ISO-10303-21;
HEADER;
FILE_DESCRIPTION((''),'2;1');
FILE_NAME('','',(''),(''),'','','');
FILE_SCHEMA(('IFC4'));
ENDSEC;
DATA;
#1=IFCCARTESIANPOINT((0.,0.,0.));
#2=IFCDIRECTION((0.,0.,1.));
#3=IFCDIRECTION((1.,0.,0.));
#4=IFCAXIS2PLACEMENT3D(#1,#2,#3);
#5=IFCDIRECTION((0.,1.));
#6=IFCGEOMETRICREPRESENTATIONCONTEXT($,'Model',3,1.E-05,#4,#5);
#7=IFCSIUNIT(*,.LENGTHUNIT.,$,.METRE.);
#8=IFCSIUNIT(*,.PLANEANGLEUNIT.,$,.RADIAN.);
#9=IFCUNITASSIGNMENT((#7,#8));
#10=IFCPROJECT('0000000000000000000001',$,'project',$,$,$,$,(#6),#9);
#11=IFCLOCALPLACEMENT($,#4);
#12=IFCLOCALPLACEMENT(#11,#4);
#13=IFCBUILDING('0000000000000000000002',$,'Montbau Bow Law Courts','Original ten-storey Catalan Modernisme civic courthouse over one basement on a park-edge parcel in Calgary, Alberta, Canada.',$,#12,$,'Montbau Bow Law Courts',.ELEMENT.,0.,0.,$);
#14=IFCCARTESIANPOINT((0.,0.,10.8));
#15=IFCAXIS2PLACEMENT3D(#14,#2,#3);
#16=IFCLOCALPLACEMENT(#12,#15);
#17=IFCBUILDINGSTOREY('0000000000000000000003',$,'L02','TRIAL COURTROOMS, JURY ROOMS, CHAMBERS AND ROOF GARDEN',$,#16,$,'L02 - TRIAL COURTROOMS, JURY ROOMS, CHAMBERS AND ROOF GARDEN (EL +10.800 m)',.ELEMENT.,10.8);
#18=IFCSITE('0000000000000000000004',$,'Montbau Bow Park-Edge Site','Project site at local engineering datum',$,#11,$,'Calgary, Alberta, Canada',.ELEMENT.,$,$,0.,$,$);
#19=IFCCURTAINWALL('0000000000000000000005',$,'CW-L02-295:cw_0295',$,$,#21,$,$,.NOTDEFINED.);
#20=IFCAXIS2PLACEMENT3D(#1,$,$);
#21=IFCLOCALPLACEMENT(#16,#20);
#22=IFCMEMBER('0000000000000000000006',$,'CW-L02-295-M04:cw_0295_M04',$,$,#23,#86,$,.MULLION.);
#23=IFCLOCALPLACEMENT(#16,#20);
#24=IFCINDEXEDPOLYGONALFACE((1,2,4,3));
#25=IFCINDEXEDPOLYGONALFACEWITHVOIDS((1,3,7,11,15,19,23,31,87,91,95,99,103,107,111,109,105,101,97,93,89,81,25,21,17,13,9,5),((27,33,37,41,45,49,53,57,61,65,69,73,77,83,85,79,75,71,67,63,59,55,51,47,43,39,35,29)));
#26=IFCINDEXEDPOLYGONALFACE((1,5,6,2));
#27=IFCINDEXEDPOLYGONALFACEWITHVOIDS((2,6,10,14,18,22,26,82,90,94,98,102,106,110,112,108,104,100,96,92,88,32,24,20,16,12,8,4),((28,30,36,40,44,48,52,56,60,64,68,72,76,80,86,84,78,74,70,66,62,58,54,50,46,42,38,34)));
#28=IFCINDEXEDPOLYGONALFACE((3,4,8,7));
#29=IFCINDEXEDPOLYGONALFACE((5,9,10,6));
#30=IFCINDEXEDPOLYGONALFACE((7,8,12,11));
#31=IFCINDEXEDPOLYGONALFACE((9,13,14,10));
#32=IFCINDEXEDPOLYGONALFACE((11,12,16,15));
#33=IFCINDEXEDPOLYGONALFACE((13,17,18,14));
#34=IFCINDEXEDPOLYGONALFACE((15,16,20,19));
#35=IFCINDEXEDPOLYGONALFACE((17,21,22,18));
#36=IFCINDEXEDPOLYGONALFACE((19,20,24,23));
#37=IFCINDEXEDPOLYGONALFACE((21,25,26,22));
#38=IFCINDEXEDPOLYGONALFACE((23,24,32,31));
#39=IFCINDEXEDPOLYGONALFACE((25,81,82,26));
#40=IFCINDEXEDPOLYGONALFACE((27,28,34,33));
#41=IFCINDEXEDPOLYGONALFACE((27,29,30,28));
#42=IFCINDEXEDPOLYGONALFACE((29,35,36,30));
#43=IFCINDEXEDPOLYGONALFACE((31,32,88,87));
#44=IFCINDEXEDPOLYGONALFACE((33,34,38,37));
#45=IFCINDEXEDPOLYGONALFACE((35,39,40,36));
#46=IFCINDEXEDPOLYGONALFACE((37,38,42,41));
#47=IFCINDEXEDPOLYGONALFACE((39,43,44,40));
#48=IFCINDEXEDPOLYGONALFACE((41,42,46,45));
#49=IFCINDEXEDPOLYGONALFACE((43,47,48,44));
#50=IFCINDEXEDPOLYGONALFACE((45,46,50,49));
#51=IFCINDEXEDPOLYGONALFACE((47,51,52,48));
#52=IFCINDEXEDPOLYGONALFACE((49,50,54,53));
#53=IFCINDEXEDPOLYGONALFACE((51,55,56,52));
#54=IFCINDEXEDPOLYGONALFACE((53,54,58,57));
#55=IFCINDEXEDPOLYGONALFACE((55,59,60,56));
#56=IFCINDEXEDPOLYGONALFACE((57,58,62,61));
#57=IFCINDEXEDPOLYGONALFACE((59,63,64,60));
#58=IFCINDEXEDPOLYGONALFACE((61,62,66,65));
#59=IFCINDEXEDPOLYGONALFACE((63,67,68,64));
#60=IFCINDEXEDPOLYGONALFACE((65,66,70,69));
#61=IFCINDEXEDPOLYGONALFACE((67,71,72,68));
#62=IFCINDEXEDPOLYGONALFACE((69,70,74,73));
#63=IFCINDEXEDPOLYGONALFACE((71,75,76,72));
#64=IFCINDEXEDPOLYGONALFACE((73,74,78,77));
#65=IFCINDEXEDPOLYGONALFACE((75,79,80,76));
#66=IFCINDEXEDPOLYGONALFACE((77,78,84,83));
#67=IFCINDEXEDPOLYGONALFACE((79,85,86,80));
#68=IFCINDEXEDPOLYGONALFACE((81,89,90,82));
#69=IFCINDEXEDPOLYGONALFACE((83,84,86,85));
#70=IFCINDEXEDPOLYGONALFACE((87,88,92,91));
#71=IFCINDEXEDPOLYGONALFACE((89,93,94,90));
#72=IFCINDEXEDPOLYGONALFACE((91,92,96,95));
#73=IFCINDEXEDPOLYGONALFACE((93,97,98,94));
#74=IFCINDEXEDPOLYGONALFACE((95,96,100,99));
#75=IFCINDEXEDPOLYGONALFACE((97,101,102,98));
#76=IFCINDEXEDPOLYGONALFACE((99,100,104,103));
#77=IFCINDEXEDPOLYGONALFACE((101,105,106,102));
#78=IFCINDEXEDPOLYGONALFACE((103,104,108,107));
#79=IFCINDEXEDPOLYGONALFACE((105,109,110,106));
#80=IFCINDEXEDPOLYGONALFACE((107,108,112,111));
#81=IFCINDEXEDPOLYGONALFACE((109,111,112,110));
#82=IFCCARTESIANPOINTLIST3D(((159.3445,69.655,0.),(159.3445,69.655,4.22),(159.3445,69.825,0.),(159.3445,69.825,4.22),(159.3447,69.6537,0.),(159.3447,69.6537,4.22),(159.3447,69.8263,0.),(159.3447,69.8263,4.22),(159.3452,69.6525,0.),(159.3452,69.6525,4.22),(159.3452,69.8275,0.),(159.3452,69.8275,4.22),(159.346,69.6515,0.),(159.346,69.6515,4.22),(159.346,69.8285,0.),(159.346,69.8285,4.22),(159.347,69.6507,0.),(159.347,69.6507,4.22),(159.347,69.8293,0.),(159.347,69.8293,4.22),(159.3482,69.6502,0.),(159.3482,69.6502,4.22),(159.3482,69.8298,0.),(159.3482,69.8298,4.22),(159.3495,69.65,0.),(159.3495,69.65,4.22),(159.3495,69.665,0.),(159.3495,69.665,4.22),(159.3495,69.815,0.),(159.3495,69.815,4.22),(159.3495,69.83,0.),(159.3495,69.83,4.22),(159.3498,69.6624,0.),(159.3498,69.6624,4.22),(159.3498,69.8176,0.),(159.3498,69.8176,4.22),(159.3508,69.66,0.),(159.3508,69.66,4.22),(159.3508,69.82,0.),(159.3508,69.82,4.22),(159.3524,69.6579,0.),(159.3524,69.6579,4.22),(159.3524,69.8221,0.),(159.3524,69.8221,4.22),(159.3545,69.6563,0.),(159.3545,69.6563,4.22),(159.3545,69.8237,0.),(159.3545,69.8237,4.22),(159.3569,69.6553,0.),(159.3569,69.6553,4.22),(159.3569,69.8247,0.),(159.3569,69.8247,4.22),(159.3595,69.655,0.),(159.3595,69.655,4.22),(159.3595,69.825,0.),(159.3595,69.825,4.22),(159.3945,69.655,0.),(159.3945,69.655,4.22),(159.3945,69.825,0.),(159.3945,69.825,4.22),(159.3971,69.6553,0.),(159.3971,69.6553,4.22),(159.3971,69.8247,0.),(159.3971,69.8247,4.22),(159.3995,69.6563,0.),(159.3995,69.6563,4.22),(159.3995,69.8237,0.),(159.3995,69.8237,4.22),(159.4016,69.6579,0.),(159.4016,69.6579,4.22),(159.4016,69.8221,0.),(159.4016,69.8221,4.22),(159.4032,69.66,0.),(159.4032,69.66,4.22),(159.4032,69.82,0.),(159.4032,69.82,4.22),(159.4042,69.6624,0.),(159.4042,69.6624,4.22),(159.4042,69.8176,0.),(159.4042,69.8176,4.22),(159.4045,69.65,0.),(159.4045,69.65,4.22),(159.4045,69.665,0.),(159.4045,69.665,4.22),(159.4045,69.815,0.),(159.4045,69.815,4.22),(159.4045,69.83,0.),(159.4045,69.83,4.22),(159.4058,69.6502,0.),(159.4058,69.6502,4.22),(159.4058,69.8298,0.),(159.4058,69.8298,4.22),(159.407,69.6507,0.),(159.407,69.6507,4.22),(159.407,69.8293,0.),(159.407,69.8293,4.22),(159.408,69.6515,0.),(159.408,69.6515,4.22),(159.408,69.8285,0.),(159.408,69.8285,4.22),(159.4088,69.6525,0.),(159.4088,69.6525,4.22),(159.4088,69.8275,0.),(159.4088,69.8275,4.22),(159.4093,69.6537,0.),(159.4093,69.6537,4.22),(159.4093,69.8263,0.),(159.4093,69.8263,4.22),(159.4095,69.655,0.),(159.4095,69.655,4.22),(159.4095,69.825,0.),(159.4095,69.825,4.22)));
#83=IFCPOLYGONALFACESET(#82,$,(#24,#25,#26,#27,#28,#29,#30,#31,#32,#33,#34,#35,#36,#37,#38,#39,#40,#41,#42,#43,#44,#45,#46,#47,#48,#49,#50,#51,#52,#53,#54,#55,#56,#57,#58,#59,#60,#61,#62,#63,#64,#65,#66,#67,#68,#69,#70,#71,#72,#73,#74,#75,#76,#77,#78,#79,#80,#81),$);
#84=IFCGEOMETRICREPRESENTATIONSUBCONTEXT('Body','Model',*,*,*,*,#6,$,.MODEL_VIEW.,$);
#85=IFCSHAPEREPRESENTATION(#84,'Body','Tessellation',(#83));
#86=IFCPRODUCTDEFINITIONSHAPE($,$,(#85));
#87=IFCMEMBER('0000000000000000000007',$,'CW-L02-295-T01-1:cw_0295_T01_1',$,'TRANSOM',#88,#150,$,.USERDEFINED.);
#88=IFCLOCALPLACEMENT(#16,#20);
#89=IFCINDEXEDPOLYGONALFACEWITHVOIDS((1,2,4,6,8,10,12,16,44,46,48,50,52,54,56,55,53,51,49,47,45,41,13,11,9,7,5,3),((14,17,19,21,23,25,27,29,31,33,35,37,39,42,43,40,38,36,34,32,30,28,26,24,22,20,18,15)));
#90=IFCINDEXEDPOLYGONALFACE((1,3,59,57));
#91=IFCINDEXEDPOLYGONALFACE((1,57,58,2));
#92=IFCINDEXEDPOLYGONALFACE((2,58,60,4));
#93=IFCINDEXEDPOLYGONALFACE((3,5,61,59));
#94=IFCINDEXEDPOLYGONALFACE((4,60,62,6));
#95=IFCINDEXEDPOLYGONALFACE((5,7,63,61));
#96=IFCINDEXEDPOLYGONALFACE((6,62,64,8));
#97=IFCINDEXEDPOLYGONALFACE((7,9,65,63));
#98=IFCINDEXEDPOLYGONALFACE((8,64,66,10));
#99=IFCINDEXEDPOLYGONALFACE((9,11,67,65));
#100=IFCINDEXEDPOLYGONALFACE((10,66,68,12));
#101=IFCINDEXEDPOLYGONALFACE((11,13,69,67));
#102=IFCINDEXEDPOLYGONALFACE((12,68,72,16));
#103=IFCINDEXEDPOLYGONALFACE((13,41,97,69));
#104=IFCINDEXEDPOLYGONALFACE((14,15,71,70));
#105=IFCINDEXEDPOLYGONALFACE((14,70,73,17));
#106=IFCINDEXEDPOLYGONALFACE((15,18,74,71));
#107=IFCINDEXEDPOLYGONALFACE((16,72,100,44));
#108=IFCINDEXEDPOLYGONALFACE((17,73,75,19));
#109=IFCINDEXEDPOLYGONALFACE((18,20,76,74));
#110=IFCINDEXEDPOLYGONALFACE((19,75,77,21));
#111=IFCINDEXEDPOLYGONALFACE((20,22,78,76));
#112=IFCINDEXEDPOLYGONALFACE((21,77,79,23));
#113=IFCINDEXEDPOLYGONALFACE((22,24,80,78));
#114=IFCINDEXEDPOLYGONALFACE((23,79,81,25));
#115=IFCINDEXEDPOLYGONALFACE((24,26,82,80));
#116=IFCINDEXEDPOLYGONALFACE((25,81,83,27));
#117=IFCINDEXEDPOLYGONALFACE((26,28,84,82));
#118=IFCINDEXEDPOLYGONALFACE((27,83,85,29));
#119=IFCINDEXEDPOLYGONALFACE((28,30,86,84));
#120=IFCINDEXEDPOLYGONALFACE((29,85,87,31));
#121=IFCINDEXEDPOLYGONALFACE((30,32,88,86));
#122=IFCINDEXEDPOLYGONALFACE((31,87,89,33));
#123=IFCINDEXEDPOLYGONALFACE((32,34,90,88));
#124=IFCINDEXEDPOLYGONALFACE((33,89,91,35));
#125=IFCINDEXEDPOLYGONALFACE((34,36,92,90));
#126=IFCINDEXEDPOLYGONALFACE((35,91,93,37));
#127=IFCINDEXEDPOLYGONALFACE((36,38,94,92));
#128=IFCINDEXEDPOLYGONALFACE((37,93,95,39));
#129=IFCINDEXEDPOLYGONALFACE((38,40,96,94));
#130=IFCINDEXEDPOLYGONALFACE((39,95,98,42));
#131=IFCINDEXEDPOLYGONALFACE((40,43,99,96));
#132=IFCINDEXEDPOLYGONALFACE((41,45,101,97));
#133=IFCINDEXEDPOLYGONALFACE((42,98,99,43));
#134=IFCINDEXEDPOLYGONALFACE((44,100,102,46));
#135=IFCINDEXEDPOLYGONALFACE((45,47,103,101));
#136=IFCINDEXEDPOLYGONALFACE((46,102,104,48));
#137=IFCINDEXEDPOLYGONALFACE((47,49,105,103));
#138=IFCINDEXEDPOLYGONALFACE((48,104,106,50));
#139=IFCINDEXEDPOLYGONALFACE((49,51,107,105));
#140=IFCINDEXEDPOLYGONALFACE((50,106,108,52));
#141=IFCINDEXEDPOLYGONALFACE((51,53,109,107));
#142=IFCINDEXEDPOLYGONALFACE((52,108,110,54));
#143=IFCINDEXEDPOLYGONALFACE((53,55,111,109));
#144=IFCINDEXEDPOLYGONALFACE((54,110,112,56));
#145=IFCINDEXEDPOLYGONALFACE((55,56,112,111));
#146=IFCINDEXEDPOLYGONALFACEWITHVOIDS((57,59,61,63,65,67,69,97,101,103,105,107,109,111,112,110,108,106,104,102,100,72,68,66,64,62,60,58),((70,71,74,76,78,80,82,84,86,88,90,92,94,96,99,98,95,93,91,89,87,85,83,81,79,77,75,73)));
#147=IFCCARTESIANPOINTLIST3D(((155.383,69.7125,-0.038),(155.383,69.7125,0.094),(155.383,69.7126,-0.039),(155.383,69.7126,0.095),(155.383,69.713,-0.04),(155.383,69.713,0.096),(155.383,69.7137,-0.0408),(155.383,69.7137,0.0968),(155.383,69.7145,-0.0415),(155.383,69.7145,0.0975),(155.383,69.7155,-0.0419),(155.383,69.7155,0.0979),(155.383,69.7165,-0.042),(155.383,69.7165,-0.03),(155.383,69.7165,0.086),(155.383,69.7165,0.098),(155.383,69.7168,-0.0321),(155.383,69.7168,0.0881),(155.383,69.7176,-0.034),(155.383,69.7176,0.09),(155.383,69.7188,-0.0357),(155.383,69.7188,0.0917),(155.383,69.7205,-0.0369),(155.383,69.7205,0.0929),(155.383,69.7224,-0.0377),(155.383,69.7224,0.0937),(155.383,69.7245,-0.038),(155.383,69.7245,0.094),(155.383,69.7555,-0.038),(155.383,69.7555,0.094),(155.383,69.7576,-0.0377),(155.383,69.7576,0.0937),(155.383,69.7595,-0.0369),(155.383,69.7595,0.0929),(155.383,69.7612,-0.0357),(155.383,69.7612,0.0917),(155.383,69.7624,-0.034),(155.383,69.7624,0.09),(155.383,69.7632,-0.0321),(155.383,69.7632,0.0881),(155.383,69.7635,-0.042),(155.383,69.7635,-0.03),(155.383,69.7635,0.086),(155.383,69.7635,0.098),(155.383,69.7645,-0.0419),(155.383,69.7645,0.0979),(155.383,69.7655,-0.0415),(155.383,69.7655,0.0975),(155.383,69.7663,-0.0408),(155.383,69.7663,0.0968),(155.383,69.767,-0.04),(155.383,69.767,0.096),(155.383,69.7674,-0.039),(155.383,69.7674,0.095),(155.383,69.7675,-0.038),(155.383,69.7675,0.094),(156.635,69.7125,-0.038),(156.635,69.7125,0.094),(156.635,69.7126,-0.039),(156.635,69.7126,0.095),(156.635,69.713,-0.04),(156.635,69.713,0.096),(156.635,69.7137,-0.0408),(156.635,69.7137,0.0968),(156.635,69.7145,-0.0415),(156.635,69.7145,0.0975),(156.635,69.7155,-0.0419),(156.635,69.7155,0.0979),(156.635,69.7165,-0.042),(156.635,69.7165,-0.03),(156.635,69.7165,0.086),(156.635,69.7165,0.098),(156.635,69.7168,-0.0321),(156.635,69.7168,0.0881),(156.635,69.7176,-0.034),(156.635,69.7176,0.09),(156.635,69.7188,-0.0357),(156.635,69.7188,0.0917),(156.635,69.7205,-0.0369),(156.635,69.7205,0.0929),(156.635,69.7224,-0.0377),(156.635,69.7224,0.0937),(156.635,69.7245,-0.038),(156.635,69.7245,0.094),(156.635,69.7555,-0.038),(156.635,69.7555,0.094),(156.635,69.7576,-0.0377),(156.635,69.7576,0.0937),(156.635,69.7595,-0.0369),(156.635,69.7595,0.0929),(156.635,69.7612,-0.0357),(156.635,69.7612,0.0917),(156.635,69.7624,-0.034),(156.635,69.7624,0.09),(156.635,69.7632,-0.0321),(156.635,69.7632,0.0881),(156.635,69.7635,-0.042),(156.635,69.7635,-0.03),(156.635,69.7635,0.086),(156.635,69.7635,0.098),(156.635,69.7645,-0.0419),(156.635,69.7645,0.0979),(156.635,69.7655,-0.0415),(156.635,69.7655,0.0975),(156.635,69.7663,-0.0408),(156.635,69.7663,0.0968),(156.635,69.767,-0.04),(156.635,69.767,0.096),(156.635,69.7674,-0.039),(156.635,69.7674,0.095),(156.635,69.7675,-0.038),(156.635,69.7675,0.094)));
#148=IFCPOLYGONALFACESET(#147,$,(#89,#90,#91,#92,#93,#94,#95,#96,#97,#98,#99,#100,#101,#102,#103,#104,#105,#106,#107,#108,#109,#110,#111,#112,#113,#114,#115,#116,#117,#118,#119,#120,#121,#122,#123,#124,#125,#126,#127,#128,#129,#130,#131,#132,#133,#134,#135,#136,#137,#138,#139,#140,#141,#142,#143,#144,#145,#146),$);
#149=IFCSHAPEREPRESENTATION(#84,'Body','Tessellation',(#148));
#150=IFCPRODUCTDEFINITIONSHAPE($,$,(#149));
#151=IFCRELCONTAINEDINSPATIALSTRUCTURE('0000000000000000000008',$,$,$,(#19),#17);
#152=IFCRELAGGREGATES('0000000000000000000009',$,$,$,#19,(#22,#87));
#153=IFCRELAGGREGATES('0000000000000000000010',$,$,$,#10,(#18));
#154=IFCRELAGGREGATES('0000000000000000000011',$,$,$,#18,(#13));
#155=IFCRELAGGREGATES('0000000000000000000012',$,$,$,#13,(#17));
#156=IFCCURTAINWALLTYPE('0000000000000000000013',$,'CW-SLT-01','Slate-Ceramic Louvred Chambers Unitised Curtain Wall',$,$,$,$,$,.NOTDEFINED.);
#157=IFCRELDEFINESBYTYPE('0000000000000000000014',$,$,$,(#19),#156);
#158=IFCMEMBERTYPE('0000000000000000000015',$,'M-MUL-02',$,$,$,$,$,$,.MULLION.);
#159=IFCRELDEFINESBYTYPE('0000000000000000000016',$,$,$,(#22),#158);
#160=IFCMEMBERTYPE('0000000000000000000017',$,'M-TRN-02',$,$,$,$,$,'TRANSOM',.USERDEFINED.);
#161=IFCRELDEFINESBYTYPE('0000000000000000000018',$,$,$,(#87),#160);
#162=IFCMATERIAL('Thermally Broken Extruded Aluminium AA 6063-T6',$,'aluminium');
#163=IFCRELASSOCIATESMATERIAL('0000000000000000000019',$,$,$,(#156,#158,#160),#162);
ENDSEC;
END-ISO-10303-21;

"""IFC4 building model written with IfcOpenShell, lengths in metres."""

from ifc_helpers import new_model, si_unit, direction, frame, origin_with_axes, origin_2d_with_axis, place, context, subcontext, project, spatial, hollow_rectangle, extrude, material, material_profile, profile_set, type_object, element, aggregate, save


model = new_model("IFC4")

# Units and contexts
model_context = context("Model", 3, precision=1e-05, world=origin_with_axes(), true_north=direction((0.0, 1.0)))
body_context = subcontext(model_context, "Body", "Model", "MODEL_VIEW")
ifc_project = project(units=[si_unit("LENGTHUNIT", "METRE"), si_unit("PLANEANGLEUNIT", "RADIAN")], contexts=[model_context])

# Site, building, storey
site_placement = place(None, origin_with_axes())
site = spatial("IfcSite", under=ifc_project, at=site_placement, Name="Montbau Bow Park-Edge Site", Description="Project site at local engineering datum", LongName="Calgary, Alberta, Canada", CompositionType="ELEMENT", RefElevation=0.0)
building_placement = place(site_placement, origin_with_axes())
building = spatial("IfcBuilding", under=site, at=building_placement, Name="Montbau Bow Law Courts", Description="Original ten-storey Catalan Modernisme civic courthouse over one basement on a park-edge parcel in Calgary, Alberta, Canada.", LongName="Montbau Bow Law Courts", CompositionType="ELEMENT", ElevationOfRefHeight=0.0, ElevationOfTerrain=0.0)
storey_placement = place(building_placement, frame((0.0, 0.0, 10.8), z_axis=(0.0, 0.0, 1.0), x_axis=(1.0, 0.0, 0.0)))
storey = spatial("IfcBuildingStorey", under=building, at=storey_placement, Name="L02", Description="TRIAL COURTROOMS, JURY ROOMS, CHAMBERS AND ROOF GARDEN", LongName="L02 - TRIAL COURTROOMS, JURY ROOMS, CHAMBERS AND ROOF GARDEN (EL +10.800 m)", CompositionType="ELEMENT", Elevation=10.8)

# Shared definitions
ifc_material_1 = material(Name="Thermally Broken Extruded Aluminium AA 6063-T6", Category="aluminium")
curtain_wall_type = type_object("IfcCurtainWallType", Name="CW-SLT-01", Description="Slate-Ceramic Louvred Chambers Unitised Curtain Wall", PredefinedType="NOTDEFINED", material=ifc_material_1)

# Curtain wall, members
curtain_wall_1_placement = place(None, frame((155.315, 69.74, 10.8), z_axis=(0.0, 0.0, 1.0), x_axis=(1.0, 0.0, 0.0)))
curtain_wall_1 = element("IfcCurtainWall", 1, at=curtain_wall_1_placement, inside=storey, type_object=curtain_wall_type, Name="CW-L02-295:cw_0295", PredefinedType="NOTDEFINED")
ifc_material_profile_1 = material_profile(ifc_material_1, hollow_rectangle(XDim=0.065, YDim=0.18, WallThickness=0.005, InnerFilletRadius=0.01, OuterFilletRadius=0.005, at=origin_2d_with_axis()), Name="CWM-180X65", Category="Main", Priority=0)
ifc_profile_set_1 = profile_set([ifc_material_profile_1], Name="Thermally Broken Extruded Aluminium AA 6063-T6")
member_type_1 = type_object("IfcMemberType", Name="M-MUL-02", PredefinedType="MULLION", material=ifc_profile_set_1)
member_1_placement = place(None, frame((159.377, 69.74, 10.8), z_axis=(0.0, 0.0, 1.0), x_axis=(1.0, 0.0, 0.0)))
member_1 = element("IfcMember", 2, at=member_1_placement, type_object=member_type_1, Name="CW-L02-295-M04:cw_0295_M04", PredefinedType="MULLION", context=body_context, shape_type="SweptSolid", body=[
    extrude(hollow_rectangle(XDim=0.065, YDim=0.18, WallThickness=0.005, InnerFilletRadius=0.01, OuterFilletRadius=0.005, at=origin_2d_with_axis()), origin_with_axes(), (0.0, 0.0, 1.0), 4.22),
])
ifc_material_profile_2 = material_profile(ifc_material_1, hollow_rectangle(XDim=0.055, YDim=0.14, WallThickness=0.004, InnerFilletRadius=0.008, OuterFilletRadius=0.004, at=origin_2d_with_axis()), Name="CWT-140X55", Category="Main", Priority=0)
ifc_profile_set_2 = profile_set([ifc_material_profile_2], Name="Thermally Broken Extruded Aluminium AA 6063-T6")
member_type_2 = type_object("IfcMemberType", Name="M-TRN-02", ElementType="TRANSOM", PredefinedType="USERDEFINED", material=ifc_profile_set_2)
member_2_placement = place(None, frame((155.383, 69.74, 10.828), z_axis=(1.0, 0.0, 0.0), x_axis=(0.0, 1.0, 0.0)))
member_2 = element("IfcMember", 3, at=member_2_placement, type_object=member_type_2, Name="CW-L02-295-T01-1:cw_0295_T01_1", ObjectType="TRANSOM", PredefinedType="USERDEFINED", context=body_context, shape_type="SweptSolid", body=[
    extrude(hollow_rectangle(XDim=0.055, YDim=0.14, WallThickness=0.004, InnerFilletRadius=0.008, OuterFilletRadius=0.004, at=origin_2d_with_axis()), origin_with_axes(), (0.0, 0.0, 1.0), 1.252),
])
aggregate(curtain_wall_1, [member_1, member_2])

save(model, "model.ifc")
